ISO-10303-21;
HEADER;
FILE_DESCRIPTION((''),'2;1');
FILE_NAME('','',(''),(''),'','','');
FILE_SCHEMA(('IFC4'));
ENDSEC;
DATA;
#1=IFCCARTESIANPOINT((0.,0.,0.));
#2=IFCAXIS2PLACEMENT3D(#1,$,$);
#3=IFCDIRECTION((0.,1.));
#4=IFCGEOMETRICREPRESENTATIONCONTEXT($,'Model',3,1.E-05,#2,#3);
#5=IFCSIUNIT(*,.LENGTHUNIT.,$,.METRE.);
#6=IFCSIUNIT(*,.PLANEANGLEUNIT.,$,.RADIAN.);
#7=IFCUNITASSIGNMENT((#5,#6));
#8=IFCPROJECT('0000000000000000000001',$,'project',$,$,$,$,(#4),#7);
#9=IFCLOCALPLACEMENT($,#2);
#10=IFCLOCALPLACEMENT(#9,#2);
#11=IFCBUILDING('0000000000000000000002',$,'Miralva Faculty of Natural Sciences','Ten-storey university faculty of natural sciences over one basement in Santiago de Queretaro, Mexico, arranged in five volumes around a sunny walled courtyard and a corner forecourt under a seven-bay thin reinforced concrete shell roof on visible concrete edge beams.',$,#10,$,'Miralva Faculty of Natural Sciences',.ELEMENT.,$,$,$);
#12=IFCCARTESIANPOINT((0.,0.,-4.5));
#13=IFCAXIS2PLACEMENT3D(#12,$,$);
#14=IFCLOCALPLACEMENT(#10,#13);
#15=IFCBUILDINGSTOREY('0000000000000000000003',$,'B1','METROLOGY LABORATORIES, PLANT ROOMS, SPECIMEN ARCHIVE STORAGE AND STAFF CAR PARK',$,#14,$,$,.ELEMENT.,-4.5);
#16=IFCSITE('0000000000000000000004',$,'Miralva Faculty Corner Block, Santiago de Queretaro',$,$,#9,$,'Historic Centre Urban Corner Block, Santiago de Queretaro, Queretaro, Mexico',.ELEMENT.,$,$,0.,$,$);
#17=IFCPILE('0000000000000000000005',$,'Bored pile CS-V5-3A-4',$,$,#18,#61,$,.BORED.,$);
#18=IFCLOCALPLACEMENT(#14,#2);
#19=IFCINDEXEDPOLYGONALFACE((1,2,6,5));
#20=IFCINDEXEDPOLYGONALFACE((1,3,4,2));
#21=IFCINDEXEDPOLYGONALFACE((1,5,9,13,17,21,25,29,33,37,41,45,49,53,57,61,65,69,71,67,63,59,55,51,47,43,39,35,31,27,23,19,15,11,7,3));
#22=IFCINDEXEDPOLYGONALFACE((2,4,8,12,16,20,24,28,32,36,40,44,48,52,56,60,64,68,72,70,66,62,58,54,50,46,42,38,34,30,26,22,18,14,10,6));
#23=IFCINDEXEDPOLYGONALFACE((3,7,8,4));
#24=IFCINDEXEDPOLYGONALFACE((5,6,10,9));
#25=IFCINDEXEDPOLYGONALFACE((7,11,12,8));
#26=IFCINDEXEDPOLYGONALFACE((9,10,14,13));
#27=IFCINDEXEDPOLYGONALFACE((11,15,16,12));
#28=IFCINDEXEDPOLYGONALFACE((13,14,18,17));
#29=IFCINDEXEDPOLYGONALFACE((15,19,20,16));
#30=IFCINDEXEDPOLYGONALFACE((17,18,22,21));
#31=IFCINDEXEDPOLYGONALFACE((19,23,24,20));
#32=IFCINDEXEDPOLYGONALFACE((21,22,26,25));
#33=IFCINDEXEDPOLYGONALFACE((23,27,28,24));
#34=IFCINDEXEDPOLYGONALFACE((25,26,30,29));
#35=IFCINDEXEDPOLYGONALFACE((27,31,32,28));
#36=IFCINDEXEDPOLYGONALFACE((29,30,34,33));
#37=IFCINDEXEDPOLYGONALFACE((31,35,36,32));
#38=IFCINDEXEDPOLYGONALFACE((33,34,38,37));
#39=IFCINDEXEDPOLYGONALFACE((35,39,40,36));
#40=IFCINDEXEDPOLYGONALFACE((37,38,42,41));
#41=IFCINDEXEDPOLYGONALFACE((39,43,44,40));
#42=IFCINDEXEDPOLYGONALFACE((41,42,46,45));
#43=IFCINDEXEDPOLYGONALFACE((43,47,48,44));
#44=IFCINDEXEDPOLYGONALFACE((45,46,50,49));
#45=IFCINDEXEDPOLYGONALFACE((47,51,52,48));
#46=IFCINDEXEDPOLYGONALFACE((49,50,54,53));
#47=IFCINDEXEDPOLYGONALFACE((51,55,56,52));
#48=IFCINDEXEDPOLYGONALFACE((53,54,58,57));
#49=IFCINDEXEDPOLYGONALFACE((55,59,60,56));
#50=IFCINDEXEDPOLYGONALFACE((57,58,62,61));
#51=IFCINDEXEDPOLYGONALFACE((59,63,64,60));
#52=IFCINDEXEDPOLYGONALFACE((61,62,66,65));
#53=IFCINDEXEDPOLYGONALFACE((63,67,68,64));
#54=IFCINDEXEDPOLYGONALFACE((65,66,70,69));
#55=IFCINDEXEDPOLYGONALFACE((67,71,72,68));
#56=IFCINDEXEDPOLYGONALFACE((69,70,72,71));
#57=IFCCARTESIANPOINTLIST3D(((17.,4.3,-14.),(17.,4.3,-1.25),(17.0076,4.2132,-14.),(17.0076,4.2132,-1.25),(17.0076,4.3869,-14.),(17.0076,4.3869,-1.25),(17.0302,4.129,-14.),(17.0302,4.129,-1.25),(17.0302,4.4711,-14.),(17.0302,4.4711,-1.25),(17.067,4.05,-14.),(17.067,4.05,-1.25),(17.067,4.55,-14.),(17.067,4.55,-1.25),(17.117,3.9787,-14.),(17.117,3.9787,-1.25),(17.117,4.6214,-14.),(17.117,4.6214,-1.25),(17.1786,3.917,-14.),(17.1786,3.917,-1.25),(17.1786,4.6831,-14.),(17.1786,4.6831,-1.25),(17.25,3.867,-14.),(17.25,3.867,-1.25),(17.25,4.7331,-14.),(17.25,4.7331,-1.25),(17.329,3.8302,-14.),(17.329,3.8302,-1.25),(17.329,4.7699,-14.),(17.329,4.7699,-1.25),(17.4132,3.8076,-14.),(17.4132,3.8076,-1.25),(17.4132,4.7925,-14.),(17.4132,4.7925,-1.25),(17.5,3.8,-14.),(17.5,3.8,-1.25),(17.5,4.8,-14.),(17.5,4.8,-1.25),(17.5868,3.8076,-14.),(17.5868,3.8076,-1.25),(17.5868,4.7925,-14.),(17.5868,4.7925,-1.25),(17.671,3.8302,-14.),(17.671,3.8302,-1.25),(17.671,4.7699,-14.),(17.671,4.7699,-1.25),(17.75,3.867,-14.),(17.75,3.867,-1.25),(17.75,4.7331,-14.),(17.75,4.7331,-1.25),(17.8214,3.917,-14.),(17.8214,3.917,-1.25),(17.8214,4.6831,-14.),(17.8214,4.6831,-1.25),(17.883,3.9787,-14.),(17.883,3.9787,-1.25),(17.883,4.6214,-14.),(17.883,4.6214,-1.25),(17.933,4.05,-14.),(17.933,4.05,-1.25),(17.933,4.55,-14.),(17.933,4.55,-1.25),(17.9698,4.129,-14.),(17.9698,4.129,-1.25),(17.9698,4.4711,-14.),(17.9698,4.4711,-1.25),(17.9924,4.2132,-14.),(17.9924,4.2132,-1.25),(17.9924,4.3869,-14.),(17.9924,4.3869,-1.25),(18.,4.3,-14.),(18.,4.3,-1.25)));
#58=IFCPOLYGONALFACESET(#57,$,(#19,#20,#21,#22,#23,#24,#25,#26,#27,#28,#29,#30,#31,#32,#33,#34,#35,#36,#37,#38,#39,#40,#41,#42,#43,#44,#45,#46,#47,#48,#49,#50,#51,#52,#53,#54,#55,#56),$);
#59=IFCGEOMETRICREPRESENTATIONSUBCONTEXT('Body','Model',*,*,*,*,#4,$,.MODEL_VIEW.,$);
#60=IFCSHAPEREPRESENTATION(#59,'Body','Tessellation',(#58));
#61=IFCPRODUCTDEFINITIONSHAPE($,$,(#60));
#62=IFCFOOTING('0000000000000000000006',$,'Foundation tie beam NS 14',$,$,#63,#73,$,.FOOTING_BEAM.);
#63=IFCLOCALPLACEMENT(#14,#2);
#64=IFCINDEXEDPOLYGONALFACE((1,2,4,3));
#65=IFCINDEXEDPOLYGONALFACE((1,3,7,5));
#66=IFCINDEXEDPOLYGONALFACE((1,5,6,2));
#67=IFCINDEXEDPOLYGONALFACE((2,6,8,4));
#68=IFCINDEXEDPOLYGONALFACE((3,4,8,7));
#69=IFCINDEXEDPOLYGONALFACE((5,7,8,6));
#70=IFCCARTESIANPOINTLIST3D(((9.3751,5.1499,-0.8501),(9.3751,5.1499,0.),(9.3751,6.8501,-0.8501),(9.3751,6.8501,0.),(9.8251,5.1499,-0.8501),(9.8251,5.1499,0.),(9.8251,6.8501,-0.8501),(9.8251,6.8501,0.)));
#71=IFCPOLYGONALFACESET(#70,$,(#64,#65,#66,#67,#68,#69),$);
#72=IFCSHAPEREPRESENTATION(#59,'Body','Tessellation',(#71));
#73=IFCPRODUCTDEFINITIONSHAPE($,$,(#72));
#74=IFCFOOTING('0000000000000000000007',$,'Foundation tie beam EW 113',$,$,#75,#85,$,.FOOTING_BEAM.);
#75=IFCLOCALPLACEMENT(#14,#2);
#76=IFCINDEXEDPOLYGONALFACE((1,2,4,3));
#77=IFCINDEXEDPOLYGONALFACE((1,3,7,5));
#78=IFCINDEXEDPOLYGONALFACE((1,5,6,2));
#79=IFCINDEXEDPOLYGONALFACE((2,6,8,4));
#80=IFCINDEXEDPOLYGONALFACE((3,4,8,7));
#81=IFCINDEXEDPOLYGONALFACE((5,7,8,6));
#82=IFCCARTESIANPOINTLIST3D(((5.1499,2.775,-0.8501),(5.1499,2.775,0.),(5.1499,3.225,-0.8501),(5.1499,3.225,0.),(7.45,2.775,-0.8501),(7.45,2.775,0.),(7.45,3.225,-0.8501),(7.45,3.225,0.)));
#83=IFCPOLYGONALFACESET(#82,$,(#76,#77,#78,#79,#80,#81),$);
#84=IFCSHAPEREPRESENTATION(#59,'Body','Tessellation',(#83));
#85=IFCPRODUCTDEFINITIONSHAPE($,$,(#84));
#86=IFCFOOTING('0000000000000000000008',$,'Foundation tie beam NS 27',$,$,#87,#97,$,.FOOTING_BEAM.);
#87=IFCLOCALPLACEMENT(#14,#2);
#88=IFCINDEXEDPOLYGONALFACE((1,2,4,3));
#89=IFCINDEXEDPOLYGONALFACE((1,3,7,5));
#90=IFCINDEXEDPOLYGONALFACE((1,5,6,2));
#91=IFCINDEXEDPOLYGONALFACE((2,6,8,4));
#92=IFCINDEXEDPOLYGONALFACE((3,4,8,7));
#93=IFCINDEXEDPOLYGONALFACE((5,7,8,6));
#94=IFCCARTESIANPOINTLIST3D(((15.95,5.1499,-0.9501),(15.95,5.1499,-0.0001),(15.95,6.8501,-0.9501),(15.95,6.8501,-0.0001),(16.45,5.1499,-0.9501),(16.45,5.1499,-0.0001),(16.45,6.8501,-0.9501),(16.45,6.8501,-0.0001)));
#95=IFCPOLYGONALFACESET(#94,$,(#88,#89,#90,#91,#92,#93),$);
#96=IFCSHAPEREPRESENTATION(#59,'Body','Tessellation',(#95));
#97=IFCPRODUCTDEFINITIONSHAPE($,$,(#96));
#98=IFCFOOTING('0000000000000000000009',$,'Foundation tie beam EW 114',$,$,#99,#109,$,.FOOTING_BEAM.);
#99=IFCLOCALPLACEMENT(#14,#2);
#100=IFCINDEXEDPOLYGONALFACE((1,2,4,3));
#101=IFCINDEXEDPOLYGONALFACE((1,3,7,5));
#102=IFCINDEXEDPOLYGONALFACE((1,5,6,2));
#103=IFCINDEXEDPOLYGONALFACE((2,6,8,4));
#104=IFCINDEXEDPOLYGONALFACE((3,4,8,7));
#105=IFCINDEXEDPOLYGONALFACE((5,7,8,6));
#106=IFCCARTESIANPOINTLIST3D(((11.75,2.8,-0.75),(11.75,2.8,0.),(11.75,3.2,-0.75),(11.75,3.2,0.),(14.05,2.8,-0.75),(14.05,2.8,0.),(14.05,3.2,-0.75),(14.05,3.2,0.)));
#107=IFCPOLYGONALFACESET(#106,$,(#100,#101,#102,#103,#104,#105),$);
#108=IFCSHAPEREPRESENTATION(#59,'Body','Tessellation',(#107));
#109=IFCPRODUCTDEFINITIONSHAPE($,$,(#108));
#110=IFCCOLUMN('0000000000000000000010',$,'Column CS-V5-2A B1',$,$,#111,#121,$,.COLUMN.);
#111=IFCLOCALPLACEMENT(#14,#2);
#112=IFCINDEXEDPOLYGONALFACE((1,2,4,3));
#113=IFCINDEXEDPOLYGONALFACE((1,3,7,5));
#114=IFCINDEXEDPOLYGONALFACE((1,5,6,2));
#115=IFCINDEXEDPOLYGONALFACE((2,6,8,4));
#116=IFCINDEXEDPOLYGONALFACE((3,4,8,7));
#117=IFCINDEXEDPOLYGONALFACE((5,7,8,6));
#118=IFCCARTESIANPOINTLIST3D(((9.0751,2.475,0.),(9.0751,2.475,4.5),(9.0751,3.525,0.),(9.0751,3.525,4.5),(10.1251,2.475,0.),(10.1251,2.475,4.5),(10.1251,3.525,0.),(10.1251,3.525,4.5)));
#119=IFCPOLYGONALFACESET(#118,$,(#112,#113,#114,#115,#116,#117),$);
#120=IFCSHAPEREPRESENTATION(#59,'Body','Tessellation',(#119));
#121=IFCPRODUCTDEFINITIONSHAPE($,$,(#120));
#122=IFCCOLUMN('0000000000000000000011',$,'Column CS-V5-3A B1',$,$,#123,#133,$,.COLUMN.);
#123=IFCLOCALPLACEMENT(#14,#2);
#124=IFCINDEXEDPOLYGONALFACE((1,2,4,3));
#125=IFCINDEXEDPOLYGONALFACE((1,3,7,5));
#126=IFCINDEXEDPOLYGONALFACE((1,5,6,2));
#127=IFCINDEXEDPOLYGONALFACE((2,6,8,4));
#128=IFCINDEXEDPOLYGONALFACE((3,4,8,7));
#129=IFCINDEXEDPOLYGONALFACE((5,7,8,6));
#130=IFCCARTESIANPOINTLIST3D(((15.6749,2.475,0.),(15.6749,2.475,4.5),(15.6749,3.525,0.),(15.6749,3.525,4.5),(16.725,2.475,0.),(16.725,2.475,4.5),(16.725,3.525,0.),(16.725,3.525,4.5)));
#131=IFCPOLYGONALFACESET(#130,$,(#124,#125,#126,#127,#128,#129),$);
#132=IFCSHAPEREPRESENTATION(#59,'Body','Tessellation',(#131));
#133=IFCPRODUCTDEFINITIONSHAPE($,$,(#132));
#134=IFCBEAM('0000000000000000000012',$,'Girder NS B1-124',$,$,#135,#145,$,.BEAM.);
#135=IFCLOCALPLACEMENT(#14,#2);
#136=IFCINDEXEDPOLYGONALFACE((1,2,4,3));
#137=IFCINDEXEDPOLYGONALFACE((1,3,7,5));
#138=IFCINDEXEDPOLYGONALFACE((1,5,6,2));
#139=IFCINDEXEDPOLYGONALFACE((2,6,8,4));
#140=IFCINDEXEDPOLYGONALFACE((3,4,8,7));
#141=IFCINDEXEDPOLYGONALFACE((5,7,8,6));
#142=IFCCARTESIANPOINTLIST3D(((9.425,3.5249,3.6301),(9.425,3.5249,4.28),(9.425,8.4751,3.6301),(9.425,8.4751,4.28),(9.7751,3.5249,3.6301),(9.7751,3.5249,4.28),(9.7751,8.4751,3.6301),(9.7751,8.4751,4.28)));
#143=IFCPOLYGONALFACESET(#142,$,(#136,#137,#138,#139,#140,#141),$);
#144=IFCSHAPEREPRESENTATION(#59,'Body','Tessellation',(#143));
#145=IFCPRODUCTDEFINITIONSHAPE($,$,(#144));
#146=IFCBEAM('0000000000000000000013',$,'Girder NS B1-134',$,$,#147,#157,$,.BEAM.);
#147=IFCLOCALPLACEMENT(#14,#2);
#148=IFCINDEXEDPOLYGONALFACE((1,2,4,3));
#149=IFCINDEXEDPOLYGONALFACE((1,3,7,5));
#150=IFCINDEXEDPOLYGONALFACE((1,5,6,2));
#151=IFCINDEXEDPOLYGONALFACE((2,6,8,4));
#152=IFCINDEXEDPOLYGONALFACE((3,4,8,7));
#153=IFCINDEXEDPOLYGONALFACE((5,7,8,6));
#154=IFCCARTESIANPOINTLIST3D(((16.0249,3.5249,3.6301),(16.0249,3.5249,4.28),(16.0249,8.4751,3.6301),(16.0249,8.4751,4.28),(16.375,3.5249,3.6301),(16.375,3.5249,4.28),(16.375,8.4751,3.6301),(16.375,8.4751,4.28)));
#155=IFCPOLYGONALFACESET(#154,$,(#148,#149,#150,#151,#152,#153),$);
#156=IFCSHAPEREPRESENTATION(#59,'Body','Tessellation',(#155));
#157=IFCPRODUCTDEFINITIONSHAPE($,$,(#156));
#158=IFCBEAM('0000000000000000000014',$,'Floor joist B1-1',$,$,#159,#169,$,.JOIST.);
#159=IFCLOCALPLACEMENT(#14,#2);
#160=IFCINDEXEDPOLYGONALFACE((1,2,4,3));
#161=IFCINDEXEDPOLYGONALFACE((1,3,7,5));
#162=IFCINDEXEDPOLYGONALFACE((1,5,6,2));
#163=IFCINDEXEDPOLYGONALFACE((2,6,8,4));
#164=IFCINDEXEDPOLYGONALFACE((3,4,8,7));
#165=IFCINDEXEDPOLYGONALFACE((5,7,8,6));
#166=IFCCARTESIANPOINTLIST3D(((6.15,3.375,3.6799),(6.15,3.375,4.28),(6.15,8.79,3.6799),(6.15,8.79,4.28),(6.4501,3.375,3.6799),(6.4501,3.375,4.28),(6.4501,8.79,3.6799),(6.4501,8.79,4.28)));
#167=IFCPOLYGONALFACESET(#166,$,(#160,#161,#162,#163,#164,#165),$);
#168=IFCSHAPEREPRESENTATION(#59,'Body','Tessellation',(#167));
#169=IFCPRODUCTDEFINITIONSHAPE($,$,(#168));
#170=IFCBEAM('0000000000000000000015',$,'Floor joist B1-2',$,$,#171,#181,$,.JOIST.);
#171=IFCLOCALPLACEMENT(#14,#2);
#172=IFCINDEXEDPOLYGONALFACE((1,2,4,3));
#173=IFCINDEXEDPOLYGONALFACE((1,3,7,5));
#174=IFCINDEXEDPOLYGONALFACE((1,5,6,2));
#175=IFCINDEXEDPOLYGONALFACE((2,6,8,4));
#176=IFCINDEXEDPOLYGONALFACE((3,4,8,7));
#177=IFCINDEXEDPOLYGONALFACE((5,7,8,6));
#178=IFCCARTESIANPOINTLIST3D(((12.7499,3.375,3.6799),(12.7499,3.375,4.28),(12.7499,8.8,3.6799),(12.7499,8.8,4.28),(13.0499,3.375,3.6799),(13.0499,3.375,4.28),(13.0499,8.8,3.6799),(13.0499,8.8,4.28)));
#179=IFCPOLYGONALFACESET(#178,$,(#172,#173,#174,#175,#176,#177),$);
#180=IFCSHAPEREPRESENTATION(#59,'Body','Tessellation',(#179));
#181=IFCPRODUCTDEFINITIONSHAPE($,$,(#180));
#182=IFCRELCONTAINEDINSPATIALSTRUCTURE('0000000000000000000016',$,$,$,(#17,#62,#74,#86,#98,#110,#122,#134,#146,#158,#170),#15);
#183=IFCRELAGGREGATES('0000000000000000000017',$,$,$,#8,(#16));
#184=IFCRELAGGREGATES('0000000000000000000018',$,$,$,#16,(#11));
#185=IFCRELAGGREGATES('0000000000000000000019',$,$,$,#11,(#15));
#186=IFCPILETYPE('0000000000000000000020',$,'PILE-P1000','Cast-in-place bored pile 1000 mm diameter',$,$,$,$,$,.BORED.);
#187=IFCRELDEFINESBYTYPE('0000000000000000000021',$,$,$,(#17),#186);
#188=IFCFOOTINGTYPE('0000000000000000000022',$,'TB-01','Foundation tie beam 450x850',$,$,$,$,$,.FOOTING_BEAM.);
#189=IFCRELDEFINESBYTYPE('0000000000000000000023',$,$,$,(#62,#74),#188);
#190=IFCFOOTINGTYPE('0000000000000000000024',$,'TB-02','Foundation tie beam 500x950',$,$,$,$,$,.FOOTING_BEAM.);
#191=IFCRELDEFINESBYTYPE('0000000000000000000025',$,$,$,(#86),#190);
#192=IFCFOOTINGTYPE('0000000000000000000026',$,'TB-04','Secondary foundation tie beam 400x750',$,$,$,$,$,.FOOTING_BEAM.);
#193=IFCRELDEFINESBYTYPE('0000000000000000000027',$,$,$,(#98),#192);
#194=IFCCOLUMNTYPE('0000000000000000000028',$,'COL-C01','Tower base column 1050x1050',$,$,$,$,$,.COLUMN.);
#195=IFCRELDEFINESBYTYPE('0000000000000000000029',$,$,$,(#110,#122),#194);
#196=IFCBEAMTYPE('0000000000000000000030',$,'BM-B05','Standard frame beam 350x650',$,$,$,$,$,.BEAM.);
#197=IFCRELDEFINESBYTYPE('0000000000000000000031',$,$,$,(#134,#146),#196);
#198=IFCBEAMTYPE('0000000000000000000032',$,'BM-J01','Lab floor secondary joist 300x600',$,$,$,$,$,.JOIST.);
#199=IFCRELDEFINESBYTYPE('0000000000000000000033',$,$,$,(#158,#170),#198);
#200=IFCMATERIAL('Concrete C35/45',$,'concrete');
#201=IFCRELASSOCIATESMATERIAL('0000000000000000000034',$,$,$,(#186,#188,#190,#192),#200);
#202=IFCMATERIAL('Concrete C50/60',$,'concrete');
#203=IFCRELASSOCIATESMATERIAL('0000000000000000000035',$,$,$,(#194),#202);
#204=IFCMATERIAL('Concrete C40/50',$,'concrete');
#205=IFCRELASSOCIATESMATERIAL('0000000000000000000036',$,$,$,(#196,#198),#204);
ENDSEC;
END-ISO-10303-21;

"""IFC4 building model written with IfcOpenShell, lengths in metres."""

from ifc_helpers import new_model, si_unit, direction, frame, origin, origin_2d, place, context, subcontext, project, spatial, rectangle, circle, extrude, material, material_profile, profile_set, type_object, element, save


model = new_model("IFC4")

# Units and contexts
model_context = context("Model", 3, precision=1e-05, world=origin(), true_north=direction((0.0, 1.0)))
body_context = subcontext(model_context, "Body", "Model", "MODEL_VIEW")
ifc_project = project(units=[si_unit("LENGTHUNIT", "METRE"), si_unit("PLANEANGLEUNIT", "RADIAN")], contexts=[model_context])

# Site, building, storey
site_placement = place(None, origin())
site = spatial("IfcSite", under=ifc_project, at=site_placement, Name="Miralva Faculty Corner Block, Santiago de Queretaro", LongName="Historic Centre Urban Corner Block, Santiago de Queretaro, Queretaro, Mexico", CompositionType="ELEMENT", RefElevation=0.0)
building_placement = place(site_placement, origin())
building = spatial("IfcBuilding", under=site, at=building_placement, Name="Miralva Faculty of Natural Sciences", Description="Ten-storey university faculty of natural sciences over one basement in Santiago de Queretaro, Mexico, arranged in five volumes around a sunny walled courtyard and a corner forecourt under a seven-bay thin reinforced concrete shell roof on visible concrete edge beams.", LongName="Miralva Faculty of Natural Sciences", CompositionType="ELEMENT")
storey_placement = place(building_placement, frame((0.0, 0.0, -4.5)))
storey = spatial("IfcBuildingStorey", under=building, at=storey_placement, Name="B1", Description="METROLOGY LABORATORIES, PLANT ROOMS, SPECIMEN ARCHIVE STORAGE AND STAFF CAR PARK", CompositionType="ELEMENT", Elevation=-4.5)

# Shared definitions
ifc_material_1 = material(Name="Concrete C35/45", Category="concrete")

# Pile
ifc_material_profile_1 = material_profile(ifc_material_1, circle(Radius=0.5, at=origin_2d()), Name="BORED PILE 1000")
ifc_profile_set_1 = profile_set([ifc_material_profile_1], Name="Concrete C35/45")
pile_type = type_object("IfcPileType", Name="PILE-P1000", Description="Cast-in-place bored pile 1000 mm diameter", PredefinedType="BORED", material=ifc_profile_set_1)
for number, where, z_axis, x_axis, name in (
    (1, (17.5, 4.3, -1.25), (0.0, 0.0, -1.0), (1.0, 0.0, 0.0), "Bored pile CS-V5-3A-4"),
):
    element("IfcPile", number, at=place(storey_placement, frame(where, z_axis=z_axis, x_axis=x_axis)), inside=storey, type_object=pile_type, Name=name, PredefinedType="BORED", context=body_context, shape_type="SweptSolid", body=[
        extrude(circle(Radius=0.5, at=origin_2d()), origin(), (0.0, 0.0, 1.0), 12.75),
    ])

# Footings
ifc_material_profile_2 = material_profile(ifc_material_1, rectangle(XDim=0.45, YDim=0.8501, at=origin_2d()), Name="RC 450x850")
ifc_profile_set_2 = profile_set([ifc_material_profile_2], Name="Concrete C35/45")
footing_type_1 = type_object("IfcFootingType", Name="TB-01", Description="Foundation tie beam 450x850", PredefinedType="FOOTING_BEAM", material=ifc_profile_set_2)
footing_1_placement = place(storey_placement, frame((9.6001, 5.1499, -0.425), z_axis=(0.0, 1.0, 0.0), x_axis=(-1.0, 0.0, 0.0)))
element("IfcFooting", 2, at=footing_1_placement, inside=storey, type_object=footing_type_1, Name="Foundation tie beam NS 14", PredefinedType="FOOTING_BEAM", context=body_context, shape_type="SweptSolid", body=[
    extrude(rectangle(XDim=0.45, YDim=0.8501, at=origin_2d()), origin(), (0.0, 0.0, 1.0), 1.7002),
])
footing_2_placement = place(storey_placement, frame((5.1499, 3.0, -0.425), z_axis=(1.0, 0.0, 0.0), x_axis=(0.0, 1.0, 0.0)))
element("IfcFooting", 3, at=footing_2_placement, inside=storey, type_object=footing_type_1, Name="Foundation tie beam EW 113", PredefinedType="FOOTING_BEAM", context=body_context, shape_type="SweptSolid", body=[
    extrude(rectangle(XDim=0.45, YDim=0.8501, at=origin_2d()), origin(), (0.0, 0.0, 1.0), 2.3),
])
ifc_material_profile_3 = material_profile(ifc_material_1, rectangle(XDim=0.5, YDim=0.95, at=origin_2d()), Name="RC 500x950")
ifc_profile_set_3 = profile_set([ifc_material_profile_3], Name="Concrete C35/45")
footing_type_2 = type_object("IfcFootingType", Name="TB-02", Description="Foundation tie beam 500x950", PredefinedType="FOOTING_BEAM", material=ifc_profile_set_3)
footing_3_placement = place(storey_placement, frame((16.2, 5.1499, -0.4751), z_axis=(0.0, 1.0, 0.0), x_axis=(-1.0, 0.0, 0.0)))
element("IfcFooting", 4, at=footing_3_placement, inside=storey, type_object=footing_type_2, Name="Foundation tie beam NS 27", PredefinedType="FOOTING_BEAM", context=body_context, shape_type="SweptSolid", body=[
    extrude(rectangle(XDim=0.5, YDim=0.95, at=origin_2d()), origin(), (0.0, 0.0, 1.0), 1.7002),
])
ifc_material_profile_4 = material_profile(ifc_material_1, rectangle(XDim=0.3999, YDim=0.75, at=origin_2d()), Name="RC 400x750")
ifc_profile_set_4 = profile_set([ifc_material_profile_4], Name="Concrete C35/45")
footing_type_3 = type_object("IfcFootingType", Name="TB-04", Description="Secondary foundation tie beam 400x750", PredefinedType="FOOTING_BEAM", material=ifc_profile_set_4)
footing_4_placement = place(storey_placement, frame((11.75, 3.0, -0.375), z_axis=(1.0, 0.0, 0.0), x_axis=(0.0, 1.0, 0.0)))
element("IfcFooting", 5, at=footing_4_placement, inside=storey, type_object=footing_type_3, Name="Foundation tie beam EW 114", PredefinedType="FOOTING_BEAM", context=body_context, shape_type="SweptSolid", body=[
    extrude(rectangle(XDim=0.3999, YDim=0.75, at=origin_2d()), origin(), (0.0, 0.0, 1.0), 2.3),
])

# Columns
ifc_material_2 = material(Name="Concrete C50/60", Category="concrete")
ifc_material_profile_5 = material_profile(ifc_material_2, rectangle(XDim=1.05, YDim=1.05, at=origin_2d()), Name="RC 1050x1050")
ifc_profile_set_5 = profile_set([ifc_material_profile_5], Name="Concrete C50/60")
column_type = type_object("IfcColumnType", Name="COL-C01", Description="Tower base column 1050x1050", PredefinedType="COLUMN", material=ifc_profile_set_5)
for number, where, z_axis, x_axis, name in (
    (6, (9.6001, 3.0, 0.0), (0.0, 0.0, 1.0), (1.0, 0.0, 0.0), "Column CS-V5-2A B1"),
    (7, (16.2, 3.0, 0.0), (0.0, 0.0, 1.0), (1.0, 0.0, 0.0), "Column CS-V5-3A B1"),
):
    element("IfcColumn", number, at=place(storey_placement, frame(where, z_axis=z_axis, x_axis=x_axis)), inside=storey, type_object=column_type, Name=name, PredefinedType="COLUMN", context=body_context, shape_type="SweptSolid", body=[
        extrude(rectangle(XDim=1.05, YDim=1.05, at=origin_2d()), origin(), (0.0, 0.0, 1.0), 4.5),
    ])

# Beams
ifc_material_3 = material(Name="Concrete C40/50", Category="concrete")
ifc_material_profile_6 = material_profile(ifc_material_3, rectangle(XDim=0.3501, YDim=0.6499, at=origin_2d()), Name="RC 350x650")
ifc_profile_set_6 = profile_set([ifc_material_profile_6], Name="Concrete C40/50")
beam_type_1 = type_object("IfcBeamType", Name="BM-B05", Description="Standard frame beam 350x650", PredefinedType="BEAM", material=ifc_profile_set_6)
for number, where, z_axis, x_axis, name in (
    (8, (9.6001, 3.5249, 3.9551), (0.0, 1.0, 0.0), (-1.0, 0.0, 0.0), "Girder NS B1-124"),
    (9, (16.2, 3.5249, 3.9551), (0.0, 1.0, 0.0), (-1.0, 0.0, 0.0), "Girder NS B1-134"),
):
    element("IfcBeam", number, at=place(storey_placement, frame(where, z_axis=z_axis, x_axis=x_axis)), inside=storey, type_object=beam_type_1, Name=name, PredefinedType="BEAM", context=body_context, shape_type="SweptSolid", body=[
        extrude(rectangle(XDim=0.3501, YDim=0.6499, at=origin_2d()), origin(), (0.0, 0.0, 1.0), 4.9502),
    ])
ifc_material_profile_7 = material_profile(ifc_material_3, rectangle(XDim=0.3, YDim=0.6001, at=origin_2d()), Name="RC 300x600")
ifc_profile_set_7 = profile_set([ifc_material_profile_7], Name="Concrete C40/50")
beam_type_2 = type_object("IfcBeamType", Name="BM-J01", Description="Lab floor secondary joist 300x600", PredefinedType="JOIST", material=ifc_profile_set_7)
beam_1_placement = place(storey_placement, frame((6.3, 3.375, 3.98), z_axis=(0.0, 1.0, 0.0), x_axis=(-1.0, 0.0, 0.0)))
element("IfcBeam", 10, at=beam_1_placement, inside=storey, type_object=beam_type_2, Name="Floor joist B1-1", PredefinedType="JOIST", context=body_context, shape_type="SweptSolid", body=[
    extrude(rectangle(XDim=0.3, YDim=0.6001, at=origin_2d()), origin(), (0.0, 0.0, 1.0), 5.415),
])
beam_2_placement = place(storey_placement, frame((12.8999, 3.375, 3.98), z_axis=(0.0, 1.0, 0.0), x_axis=(-1.0, 0.0, 0.0)))
element("IfcBeam", 11, at=beam_2_placement, inside=storey, type_object=beam_type_2, Name="Floor joist B1-2", PredefinedType="JOIST", context=body_context, shape_type="SweptSolid", body=[
    extrude(rectangle(XDim=0.3, YDim=0.6001, at=origin_2d()), origin(), (0.0, 0.0, 1.0), 5.425),
])

save(model, "model.ifc")
